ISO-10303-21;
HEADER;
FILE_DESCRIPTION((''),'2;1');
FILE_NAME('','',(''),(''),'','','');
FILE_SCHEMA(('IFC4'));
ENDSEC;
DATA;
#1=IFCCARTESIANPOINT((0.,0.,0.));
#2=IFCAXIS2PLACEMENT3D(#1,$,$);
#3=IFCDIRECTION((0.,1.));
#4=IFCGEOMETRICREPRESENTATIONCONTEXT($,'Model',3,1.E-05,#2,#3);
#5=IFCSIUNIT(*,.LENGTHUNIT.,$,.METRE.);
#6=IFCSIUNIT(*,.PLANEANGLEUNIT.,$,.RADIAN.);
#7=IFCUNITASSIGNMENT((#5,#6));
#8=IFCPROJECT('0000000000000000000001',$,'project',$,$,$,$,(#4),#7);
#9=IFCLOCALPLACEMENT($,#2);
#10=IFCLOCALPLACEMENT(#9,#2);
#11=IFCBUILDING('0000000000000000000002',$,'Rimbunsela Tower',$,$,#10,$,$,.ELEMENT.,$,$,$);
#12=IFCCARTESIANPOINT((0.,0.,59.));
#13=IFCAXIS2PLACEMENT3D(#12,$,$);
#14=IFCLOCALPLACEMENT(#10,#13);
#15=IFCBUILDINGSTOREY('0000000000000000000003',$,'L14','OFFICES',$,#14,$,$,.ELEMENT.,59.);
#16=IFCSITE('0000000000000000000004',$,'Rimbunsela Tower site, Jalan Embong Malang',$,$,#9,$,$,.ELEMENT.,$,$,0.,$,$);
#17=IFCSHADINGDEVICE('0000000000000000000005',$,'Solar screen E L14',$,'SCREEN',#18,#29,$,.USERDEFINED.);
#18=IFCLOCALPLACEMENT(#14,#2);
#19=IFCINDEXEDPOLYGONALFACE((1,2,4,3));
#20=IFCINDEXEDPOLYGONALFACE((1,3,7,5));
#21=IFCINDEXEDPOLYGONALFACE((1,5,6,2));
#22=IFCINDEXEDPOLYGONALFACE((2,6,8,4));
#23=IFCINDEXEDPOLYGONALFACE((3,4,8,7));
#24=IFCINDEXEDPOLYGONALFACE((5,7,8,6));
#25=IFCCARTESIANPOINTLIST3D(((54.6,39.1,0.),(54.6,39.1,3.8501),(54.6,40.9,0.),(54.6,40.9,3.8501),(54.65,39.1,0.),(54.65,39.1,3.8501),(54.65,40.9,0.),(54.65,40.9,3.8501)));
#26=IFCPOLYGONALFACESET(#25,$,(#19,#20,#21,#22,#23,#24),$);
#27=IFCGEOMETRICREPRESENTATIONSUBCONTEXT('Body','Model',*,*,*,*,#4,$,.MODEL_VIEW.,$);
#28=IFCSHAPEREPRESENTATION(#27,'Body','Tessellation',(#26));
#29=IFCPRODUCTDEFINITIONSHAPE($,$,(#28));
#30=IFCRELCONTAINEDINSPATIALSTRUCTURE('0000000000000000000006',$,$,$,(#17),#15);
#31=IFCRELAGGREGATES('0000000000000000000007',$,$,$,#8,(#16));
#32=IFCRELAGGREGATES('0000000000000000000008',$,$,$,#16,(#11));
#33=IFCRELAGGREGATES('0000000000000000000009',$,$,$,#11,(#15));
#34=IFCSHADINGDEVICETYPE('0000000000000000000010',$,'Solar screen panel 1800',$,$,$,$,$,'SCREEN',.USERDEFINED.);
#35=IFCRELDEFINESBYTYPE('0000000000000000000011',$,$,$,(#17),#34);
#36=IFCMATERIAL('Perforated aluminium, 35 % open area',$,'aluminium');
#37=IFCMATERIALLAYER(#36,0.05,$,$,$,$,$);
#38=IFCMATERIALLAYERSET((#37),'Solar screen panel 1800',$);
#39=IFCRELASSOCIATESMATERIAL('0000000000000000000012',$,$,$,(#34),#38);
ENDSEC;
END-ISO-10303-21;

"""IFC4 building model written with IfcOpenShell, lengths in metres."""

from ifc_helpers import new_model, si_unit, direction, frame, origin, origin_2d, place, context, subcontext, project, spatial, rectangle, extrude, material, layer, layer_set, type_object, element, save


model = new_model("IFC4")

# Units and contexts
model_context = context("Model", 3, precision=1e-05, world=origin(), true_north=direction((0.0, 1.0)))
body_context = subcontext(model_context, "Body", "Model", "MODEL_VIEW")
ifc_project = project(units=[si_unit("LENGTHUNIT", "METRE"), si_unit("PLANEANGLEUNIT", "RADIAN")], contexts=[model_context])

# Site, building, storey
site_placement = place(None, origin())
site = spatial("IfcSite", under=ifc_project, at=site_placement, Name="Rimbunsela Tower site, Jalan Embong Malang", CompositionType="ELEMENT", RefElevation=0.0)
building_placement = place(site_placement, origin())
building = spatial("IfcBuilding", under=site, at=building_placement, Name="Rimbunsela Tower", CompositionType="ELEMENT")
storey_placement = place(building_placement, frame((0.0, 0.0, 59.0)))
storey = spatial("IfcBuildingStorey", under=building, at=storey_placement, Name="L14", Description="OFFICES", CompositionType="ELEMENT", Elevation=59.0)

# Shading device
ifc_material_1 = material(Name="Perforated aluminium, 35 % open area", Category="aluminium")
ifc_layer_1 = layer(ifc_material_1, 0.05)
ifc_layer_set_1 = layer_set([ifc_layer_1], Name="Solar screen panel 1800")
shading_device_type = type_object("IfcShadingDeviceType", Name="Solar screen panel 1800", ElementType="SCREEN", PredefinedType="USERDEFINED", material=ifc_layer_set_1)
for number, where, z_axis, x_axis, name in (
    (1, (54.625, 40.0, 0.0), (0.0, 0.0, 1.0), (0.0, 1.0, 0.0), "Solar screen E L14"),
):
    element("IfcShadingDevice", number, at=place(storey_placement, frame(where, z_axis=z_axis, x_axis=x_axis)), inside=storey, type_object=shading_device_type, Name=name, ObjectType="SCREEN", PredefinedType="USERDEFINED", context=body_context, shape_type="SweptSolid", body=[
        extrude(rectangle(XDim=1.8, YDim=0.05, at=origin_2d()), origin(), (0.0, 0.0, 1.0), 3.8501),
    ])

save(model, "model.ifc")
